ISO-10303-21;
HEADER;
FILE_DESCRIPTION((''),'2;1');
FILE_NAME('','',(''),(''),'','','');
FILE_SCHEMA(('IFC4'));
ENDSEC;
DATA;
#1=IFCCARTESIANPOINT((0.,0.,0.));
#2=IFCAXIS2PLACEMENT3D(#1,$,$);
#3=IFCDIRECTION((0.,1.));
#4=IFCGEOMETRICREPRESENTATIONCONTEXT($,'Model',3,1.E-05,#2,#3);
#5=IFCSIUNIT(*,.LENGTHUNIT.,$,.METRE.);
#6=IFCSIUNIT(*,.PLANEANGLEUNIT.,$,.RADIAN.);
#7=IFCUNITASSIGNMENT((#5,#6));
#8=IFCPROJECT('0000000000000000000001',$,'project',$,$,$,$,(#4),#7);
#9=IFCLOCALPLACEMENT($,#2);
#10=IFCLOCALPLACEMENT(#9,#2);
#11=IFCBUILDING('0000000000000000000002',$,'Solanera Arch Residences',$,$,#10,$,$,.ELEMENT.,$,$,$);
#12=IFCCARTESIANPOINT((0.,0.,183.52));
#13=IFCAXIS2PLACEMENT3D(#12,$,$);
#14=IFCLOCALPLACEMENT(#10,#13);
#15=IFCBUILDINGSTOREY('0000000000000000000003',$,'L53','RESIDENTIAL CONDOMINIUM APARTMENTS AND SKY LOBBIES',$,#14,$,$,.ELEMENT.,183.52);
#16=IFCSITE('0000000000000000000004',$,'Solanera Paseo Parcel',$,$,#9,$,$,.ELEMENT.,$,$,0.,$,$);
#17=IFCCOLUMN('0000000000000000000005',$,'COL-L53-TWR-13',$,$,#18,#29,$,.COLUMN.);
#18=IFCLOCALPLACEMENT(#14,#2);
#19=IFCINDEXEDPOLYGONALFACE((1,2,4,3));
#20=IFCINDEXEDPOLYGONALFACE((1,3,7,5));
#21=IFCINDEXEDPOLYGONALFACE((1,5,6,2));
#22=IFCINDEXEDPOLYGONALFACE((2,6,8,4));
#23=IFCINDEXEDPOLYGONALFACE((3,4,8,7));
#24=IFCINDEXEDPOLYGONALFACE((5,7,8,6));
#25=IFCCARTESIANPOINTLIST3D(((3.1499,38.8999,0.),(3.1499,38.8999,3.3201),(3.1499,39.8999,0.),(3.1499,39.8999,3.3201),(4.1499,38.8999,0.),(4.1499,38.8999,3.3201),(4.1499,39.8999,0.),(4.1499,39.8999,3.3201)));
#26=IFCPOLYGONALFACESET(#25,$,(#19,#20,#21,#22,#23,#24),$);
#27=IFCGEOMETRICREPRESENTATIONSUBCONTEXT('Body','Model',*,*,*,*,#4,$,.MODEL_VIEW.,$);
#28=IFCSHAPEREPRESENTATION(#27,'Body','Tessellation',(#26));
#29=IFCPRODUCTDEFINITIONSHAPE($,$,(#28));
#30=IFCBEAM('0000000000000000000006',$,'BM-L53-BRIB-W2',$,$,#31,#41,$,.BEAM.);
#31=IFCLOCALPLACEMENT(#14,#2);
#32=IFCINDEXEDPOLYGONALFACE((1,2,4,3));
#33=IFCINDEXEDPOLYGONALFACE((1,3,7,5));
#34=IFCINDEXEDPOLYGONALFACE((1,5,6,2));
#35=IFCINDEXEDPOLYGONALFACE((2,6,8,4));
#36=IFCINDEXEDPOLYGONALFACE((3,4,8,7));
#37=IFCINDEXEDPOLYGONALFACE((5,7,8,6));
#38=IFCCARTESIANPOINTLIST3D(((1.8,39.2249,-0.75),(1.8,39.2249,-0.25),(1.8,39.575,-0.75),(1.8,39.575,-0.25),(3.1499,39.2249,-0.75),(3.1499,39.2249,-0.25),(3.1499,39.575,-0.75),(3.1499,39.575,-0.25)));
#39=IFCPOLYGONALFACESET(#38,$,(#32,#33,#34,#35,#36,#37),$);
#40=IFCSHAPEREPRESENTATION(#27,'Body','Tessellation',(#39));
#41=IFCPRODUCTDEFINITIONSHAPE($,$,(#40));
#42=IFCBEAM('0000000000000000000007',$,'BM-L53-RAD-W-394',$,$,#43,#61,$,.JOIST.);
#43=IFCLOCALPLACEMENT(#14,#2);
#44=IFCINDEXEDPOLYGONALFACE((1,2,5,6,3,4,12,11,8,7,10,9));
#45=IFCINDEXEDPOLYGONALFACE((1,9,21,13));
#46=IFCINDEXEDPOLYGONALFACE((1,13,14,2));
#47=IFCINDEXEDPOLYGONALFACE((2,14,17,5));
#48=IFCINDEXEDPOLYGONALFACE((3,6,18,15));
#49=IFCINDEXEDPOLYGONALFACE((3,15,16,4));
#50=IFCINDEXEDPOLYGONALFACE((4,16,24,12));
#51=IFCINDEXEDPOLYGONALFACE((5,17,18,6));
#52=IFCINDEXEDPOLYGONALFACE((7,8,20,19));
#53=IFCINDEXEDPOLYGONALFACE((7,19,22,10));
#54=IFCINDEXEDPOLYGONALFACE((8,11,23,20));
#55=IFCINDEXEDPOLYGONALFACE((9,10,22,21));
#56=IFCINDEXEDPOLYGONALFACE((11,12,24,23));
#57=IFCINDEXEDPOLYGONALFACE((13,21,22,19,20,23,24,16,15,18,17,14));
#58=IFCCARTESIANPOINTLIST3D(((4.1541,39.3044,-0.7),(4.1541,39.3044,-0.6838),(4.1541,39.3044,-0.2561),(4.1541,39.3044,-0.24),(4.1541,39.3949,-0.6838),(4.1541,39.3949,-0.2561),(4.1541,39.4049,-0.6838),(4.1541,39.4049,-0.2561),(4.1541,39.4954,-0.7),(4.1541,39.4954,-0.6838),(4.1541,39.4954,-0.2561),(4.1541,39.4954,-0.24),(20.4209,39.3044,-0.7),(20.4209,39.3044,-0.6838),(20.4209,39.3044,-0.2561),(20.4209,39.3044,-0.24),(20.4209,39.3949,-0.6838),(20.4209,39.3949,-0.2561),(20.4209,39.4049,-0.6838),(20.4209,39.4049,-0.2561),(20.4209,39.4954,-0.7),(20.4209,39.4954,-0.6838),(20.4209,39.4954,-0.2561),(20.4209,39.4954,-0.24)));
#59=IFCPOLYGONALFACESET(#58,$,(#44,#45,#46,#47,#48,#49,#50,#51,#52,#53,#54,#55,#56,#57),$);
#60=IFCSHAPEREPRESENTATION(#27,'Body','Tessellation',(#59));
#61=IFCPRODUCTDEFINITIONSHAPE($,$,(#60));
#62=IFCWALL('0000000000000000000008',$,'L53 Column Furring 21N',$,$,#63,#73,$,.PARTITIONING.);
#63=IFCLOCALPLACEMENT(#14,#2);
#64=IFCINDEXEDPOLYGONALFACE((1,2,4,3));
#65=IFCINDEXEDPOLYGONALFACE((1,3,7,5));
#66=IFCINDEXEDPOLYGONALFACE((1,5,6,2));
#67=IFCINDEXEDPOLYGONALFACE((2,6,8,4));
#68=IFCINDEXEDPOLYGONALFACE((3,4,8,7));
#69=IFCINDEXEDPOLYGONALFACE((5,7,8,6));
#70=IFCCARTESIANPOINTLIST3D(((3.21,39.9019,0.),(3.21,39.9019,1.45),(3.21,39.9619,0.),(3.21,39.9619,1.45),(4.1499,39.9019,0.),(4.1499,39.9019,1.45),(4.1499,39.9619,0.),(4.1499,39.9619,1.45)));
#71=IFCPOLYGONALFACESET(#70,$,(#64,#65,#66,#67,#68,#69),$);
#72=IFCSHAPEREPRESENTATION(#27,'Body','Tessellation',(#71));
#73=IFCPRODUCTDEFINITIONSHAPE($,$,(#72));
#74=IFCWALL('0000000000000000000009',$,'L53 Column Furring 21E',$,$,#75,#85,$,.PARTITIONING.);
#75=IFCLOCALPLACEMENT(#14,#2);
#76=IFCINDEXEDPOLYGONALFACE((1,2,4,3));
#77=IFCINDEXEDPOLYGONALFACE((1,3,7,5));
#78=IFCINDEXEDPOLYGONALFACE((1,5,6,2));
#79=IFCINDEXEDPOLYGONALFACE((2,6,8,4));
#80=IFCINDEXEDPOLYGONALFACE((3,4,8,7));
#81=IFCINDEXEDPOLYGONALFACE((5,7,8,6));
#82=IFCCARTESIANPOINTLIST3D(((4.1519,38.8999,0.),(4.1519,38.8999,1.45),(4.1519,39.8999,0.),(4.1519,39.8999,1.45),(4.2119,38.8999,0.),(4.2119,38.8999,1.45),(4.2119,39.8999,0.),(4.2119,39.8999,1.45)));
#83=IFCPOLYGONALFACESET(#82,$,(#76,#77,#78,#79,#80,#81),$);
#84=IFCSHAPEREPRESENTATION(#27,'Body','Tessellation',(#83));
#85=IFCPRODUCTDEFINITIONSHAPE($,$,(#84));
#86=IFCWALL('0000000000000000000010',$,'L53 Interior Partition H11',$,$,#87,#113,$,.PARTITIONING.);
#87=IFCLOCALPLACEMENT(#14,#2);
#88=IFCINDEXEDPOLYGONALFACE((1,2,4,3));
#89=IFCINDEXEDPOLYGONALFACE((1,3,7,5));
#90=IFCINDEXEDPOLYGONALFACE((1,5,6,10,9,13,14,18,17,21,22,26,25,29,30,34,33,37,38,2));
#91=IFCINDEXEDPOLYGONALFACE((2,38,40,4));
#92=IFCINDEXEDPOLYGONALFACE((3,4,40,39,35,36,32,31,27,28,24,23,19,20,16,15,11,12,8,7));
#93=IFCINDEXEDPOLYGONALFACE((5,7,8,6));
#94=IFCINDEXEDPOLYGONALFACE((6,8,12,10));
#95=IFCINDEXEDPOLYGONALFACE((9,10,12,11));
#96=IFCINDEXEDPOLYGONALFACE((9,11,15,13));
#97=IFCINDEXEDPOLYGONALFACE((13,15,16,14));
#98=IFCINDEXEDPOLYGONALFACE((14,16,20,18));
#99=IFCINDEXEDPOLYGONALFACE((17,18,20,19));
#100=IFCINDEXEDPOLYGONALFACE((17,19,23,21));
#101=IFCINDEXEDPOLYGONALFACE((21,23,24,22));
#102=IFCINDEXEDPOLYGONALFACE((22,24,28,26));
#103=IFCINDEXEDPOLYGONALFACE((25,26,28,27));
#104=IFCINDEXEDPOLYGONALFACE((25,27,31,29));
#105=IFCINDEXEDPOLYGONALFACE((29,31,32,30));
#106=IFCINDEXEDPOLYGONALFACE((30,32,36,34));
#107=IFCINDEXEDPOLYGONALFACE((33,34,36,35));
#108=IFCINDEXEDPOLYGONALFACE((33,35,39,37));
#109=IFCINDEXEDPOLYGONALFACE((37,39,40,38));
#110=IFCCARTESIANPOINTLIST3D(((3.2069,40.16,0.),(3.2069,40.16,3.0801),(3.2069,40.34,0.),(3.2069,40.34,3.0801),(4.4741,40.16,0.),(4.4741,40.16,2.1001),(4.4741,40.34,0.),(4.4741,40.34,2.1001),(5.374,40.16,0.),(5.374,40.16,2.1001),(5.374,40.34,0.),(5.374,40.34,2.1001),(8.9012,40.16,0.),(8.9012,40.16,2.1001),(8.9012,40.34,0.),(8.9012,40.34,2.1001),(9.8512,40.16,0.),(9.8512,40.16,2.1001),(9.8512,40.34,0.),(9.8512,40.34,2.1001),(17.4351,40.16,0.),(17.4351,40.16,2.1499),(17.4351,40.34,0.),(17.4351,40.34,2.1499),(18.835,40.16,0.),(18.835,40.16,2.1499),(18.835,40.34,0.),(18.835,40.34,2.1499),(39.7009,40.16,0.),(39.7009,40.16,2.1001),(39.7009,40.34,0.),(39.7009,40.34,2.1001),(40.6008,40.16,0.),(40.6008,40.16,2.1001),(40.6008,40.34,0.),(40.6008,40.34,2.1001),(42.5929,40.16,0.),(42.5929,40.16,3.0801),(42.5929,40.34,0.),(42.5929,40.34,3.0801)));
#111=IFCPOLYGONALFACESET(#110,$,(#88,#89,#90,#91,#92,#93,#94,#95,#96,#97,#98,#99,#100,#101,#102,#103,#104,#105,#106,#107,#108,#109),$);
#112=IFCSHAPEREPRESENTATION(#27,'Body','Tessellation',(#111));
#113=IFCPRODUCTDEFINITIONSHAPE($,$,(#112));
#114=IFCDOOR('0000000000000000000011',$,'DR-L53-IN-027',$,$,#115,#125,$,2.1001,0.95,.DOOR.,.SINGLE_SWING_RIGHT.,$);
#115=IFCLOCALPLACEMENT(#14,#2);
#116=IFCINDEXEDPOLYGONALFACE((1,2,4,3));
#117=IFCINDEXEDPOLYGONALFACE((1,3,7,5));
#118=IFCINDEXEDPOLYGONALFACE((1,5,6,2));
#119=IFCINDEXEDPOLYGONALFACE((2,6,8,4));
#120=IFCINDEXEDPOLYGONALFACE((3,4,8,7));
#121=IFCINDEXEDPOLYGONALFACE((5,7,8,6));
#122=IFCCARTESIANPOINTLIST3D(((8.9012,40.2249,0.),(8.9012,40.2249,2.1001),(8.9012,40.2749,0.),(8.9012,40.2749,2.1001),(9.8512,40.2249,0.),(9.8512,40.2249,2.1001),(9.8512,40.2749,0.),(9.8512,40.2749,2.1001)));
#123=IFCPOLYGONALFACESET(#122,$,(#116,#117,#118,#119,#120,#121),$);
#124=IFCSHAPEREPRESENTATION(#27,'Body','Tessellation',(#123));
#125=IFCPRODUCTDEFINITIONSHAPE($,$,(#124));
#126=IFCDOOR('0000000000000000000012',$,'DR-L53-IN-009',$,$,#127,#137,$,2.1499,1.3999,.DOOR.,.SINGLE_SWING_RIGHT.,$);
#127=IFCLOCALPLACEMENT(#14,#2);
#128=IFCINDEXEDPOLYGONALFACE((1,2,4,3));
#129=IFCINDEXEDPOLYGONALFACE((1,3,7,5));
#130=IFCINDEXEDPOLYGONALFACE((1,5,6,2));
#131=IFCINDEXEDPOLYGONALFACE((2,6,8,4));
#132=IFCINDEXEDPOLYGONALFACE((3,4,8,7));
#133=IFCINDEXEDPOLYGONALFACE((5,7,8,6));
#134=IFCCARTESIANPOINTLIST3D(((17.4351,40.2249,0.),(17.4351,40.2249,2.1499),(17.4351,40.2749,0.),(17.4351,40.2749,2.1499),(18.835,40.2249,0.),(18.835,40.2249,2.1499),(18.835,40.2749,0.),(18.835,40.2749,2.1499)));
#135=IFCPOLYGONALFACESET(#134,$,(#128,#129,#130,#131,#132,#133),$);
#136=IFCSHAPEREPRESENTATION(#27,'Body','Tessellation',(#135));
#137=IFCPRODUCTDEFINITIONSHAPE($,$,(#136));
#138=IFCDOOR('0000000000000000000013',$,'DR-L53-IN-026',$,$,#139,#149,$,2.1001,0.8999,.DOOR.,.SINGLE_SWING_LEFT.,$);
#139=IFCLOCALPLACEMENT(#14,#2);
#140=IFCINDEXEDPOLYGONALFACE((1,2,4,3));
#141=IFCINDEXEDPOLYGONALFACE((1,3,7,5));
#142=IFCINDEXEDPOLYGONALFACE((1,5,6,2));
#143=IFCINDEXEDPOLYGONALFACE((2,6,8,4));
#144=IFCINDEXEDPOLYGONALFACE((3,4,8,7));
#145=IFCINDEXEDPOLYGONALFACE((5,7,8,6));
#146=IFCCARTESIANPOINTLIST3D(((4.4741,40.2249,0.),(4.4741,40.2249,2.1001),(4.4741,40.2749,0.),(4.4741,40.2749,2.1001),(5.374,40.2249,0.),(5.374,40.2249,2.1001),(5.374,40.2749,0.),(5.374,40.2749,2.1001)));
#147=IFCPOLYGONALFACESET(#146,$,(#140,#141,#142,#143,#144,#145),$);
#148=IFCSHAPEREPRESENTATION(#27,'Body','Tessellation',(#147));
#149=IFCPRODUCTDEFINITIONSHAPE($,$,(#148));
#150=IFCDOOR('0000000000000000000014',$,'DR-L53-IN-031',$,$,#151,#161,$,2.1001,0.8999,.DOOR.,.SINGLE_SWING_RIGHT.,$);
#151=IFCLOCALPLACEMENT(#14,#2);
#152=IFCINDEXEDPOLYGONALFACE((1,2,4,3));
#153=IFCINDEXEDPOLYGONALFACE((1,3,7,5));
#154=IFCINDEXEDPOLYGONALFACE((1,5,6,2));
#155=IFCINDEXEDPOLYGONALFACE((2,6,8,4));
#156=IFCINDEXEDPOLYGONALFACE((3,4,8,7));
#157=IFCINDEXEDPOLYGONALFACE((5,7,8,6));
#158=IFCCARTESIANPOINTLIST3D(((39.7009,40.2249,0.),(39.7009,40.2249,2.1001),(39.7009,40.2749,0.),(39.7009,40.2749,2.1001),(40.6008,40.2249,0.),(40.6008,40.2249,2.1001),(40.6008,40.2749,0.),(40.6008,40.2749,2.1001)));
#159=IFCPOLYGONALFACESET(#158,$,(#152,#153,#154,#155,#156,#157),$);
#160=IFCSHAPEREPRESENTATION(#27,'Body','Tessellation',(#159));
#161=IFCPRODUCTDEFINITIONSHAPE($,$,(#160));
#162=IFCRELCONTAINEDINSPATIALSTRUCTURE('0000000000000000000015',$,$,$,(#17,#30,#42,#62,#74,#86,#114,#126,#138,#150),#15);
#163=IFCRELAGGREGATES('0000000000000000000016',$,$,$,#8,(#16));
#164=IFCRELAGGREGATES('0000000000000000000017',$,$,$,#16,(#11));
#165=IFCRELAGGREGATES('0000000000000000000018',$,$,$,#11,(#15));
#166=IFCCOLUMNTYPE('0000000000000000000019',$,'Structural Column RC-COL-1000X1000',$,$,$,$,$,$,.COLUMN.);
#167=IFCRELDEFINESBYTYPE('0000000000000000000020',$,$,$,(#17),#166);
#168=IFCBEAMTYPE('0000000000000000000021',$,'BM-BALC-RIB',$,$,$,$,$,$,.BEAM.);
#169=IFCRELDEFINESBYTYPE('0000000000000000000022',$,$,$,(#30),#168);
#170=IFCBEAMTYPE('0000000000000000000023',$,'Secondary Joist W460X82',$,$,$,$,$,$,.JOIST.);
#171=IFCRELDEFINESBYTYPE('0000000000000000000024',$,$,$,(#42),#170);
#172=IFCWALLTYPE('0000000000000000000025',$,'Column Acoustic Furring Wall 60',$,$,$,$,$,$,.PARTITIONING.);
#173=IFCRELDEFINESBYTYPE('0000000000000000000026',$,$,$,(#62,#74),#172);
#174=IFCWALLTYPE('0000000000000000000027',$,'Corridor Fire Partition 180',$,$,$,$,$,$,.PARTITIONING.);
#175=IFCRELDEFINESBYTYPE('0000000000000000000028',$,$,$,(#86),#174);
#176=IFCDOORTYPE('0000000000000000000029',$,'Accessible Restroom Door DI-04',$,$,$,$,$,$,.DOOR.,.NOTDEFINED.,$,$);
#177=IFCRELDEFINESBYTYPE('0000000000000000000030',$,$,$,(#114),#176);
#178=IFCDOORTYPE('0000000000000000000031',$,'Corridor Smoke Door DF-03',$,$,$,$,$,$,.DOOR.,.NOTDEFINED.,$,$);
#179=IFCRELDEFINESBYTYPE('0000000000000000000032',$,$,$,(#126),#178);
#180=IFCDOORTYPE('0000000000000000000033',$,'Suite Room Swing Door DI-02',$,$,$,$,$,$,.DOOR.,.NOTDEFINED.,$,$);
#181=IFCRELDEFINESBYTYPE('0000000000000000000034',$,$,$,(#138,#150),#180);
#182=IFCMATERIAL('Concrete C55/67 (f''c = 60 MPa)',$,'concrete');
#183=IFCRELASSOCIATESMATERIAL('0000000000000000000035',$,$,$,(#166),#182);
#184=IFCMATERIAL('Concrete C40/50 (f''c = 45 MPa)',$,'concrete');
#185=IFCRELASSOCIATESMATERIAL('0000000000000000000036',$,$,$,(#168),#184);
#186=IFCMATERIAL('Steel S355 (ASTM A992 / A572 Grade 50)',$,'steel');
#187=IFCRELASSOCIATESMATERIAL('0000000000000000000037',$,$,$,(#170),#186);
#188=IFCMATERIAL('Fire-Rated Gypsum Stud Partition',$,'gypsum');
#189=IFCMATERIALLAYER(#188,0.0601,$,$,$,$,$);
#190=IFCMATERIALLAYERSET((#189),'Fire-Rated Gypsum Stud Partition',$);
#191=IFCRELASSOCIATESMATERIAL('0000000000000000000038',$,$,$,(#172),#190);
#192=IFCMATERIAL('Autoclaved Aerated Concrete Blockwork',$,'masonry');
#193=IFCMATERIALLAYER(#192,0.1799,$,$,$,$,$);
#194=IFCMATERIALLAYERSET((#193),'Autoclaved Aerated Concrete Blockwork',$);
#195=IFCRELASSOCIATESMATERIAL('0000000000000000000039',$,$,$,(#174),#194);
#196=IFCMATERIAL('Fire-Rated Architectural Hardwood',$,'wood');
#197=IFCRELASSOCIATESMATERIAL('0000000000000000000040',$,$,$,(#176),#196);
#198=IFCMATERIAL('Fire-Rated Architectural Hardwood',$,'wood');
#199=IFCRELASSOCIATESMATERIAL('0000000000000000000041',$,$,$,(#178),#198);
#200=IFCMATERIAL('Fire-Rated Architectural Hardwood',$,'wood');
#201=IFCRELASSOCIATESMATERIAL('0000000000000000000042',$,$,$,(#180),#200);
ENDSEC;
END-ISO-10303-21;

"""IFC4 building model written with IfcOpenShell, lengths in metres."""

from ifc_helpers import new_model, si_unit, direction, frame, frame_2d, origin, origin_2d, place, context, subcontext, project, spatial, rectangle, i_section, extrude, material, layer, layer_set, material_profile, profile_set, type_object, element, fill, save


model = new_model("IFC4")

# Units and contexts
model_context = context("Model", 3, precision=1e-05, world=origin(), true_north=direction((0.0, 1.0)))
body_context = subcontext(model_context, "Body", "Model", "MODEL_VIEW")
ifc_project = project(units=[si_unit("LENGTHUNIT", "METRE"), si_unit("PLANEANGLEUNIT", "RADIAN")], contexts=[model_context])

# Site, building, storey
site_placement = place(None, origin())
site = spatial("IfcSite", under=ifc_project, at=site_placement, Name="Solanera Paseo Parcel", CompositionType="ELEMENT", RefElevation=0.0)
building_placement = place(site_placement, origin())
building = spatial("IfcBuilding", under=site, at=building_placement, Name="Solanera Arch Residences", CompositionType="ELEMENT")
storey_placement = place(building_placement, frame((0.0, 0.0, 183.52)))
storey = spatial("IfcBuildingStorey", under=building, at=storey_placement, Name="L53", Description="RESIDENTIAL CONDOMINIUM APARTMENTS AND SKY LOBBIES", CompositionType="ELEMENT", Elevation=183.52)

# Column
ifc_material_1 = material(Name="Concrete C55/67 (f'c = 60 MPa)", Category="concrete")
ifc_material_profile_1 = material_profile(ifc_material_1, rectangle(XDim=1.0, YDim=1.0, at=origin_2d()))
ifc_profile_set_1 = profile_set([ifc_material_profile_1], Name="Concrete C55/67 (f'c = 60 MPa)")
column_type = type_object("IfcColumnType", Name="Structural Column RC-COL-1000X1000", PredefinedType="COLUMN", material=ifc_profile_set_1)
column_placement = place(storey_placement, frame((3.6499, 39.3999, 0.0), z_axis=(0.0, 0.0, 1.0), x_axis=(1.0, 0.0, 0.0)))
element("IfcColumn", 1, at=column_placement, inside=storey, type_object=column_type, Name="COL-L53-TWR-13", PredefinedType="COLUMN", context=body_context, shape_type="SweptSolid", body=[
    extrude(rectangle(XDim=1.0, YDim=1.0, at=origin_2d()), origin(), (0.0, 0.0, 1.0), 3.3201),
])

# Beams
ifc_material_2 = material(Name="Concrete C40/50 (f'c = 45 MPa)", Category="concrete")
ifc_material_profile_2 = material_profile(ifc_material_2, rectangle(XDim=0.3501, YDim=0.5, at=origin_2d()))
ifc_profile_set_2 = profile_set([ifc_material_profile_2], Name="Concrete C40/50 (f'c = 45 MPa)")
beam_type_1 = type_object("IfcBeamType", Name="BM-BALC-RIB", PredefinedType="BEAM", material=ifc_profile_set_2)
beam_1_placement = place(storey_placement, frame((1.8, 39.3999, -0.5), z_axis=(1.0, 0.0, 0.0), x_axis=(0.0, 1.0, 0.0)))
element("IfcBeam", 2, at=beam_1_placement, inside=storey, type_object=beam_type_1, Name="BM-L53-BRIB-W2", PredefinedType="BEAM", context=body_context, shape_type="SweptSolid", body=[
    extrude(rectangle(XDim=0.3501, YDim=0.5, at=origin_2d()), origin(), (0.0, 0.0, 1.0), 1.3499),
])
ifc_material_3 = material(Name="Steel S355 (ASTM A992 / A572 Grade 50)", Category="steel")
ifc_material_profile_3 = material_profile(ifc_material_3, i_section(OverallWidth=0.1909, OverallDepth=0.46, WebThickness=0.01, FlangeThickness=0.0161, at=origin_2d()))
ifc_profile_set_3 = profile_set([ifc_material_profile_3], Name="Steel S355 (ASTM A992 / A572 Grade 50)")
beam_type_2 = type_object("IfcBeamType", Name="Secondary Joist W460X82", PredefinedType="JOIST", material=ifc_profile_set_3)
beam_2_placement = place(storey_placement, frame((4.1541, 39.3999, -0.47), z_axis=(1.0, 0.0, 0.0), x_axis=(0.0, 1.0, 0.0)))
element("IfcBeam", 3, at=beam_2_placement, inside=storey, type_object=beam_type_2, Name="BM-L53-RAD-W-394", PredefinedType="JOIST", context=body_context, shape_type="SweptSolid", body=[
    extrude(i_section(OverallWidth=0.1909, OverallDepth=0.46, WebThickness=0.01, FlangeThickness=0.0161, at=origin_2d()), origin(), (0.0, 0.0, 1.0), 16.2668),
])

# Walls
ifc_material_4 = material(Name="Fire-Rated Gypsum Stud Partition", Category="gypsum")
ifc_layer_1 = layer(ifc_material_4, 0.0601)
ifc_layer_set_1 = layer_set([ifc_layer_1], Name="Fire-Rated Gypsum Stud Partition")
wall_type_1 = type_object("IfcWallType", Name="Column Acoustic Furring Wall 60", PredefinedType="PARTITIONING", material=ifc_layer_set_1)
wall_1_placement = place(storey_placement, frame((3.21, 39.9319, 0.0), z_axis=(0.0, 0.0, 1.0), x_axis=(1.0, 0.0, 0.0)))
element("IfcWall", 4, at=wall_1_placement, inside=storey, type_object=wall_type_1, Name="L53 Column Furring 21N", PredefinedType="PARTITIONING", context=body_context, shape_type="SweptSolid", body=[
    extrude(rectangle(XDim=0.9399, YDim=0.0601, at=frame_2d((0.47, 0.0))), origin(), (0.0, 0.0, 1.0), 1.45),
])
wall_2_placement = place(storey_placement, frame((4.1819, 38.8999, 0.0), z_axis=(0.0, 0.0, 1.0), x_axis=(0.0, 1.0, 0.0)))
element("IfcWall", 5, at=wall_2_placement, inside=storey, type_object=wall_type_1, Name="L53 Column Furring 21E", PredefinedType="PARTITIONING", context=body_context, shape_type="SweptSolid", body=[
    extrude(rectangle(XDim=1.0, YDim=0.0601, at=frame_2d((0.5, 0.0))), origin(), (0.0, 0.0, 1.0), 1.45),
])

# Wall, openings, doors
ifc_material_5 = material(Name="Autoclaved Aerated Concrete Blockwork", Category="masonry")
ifc_layer_2 = layer(ifc_material_5, 0.1799)
ifc_layer_set_2 = layer_set([ifc_layer_2], Name="Autoclaved Aerated Concrete Blockwork")
wall_type_2 = type_object("IfcWallType", Name="Corridor Fire Partition 180", PredefinedType="PARTITIONING", material=ifc_layer_set_2)
wall_3_placement = place(storey_placement, frame((3.207, 40.25, 0.0), z_axis=(0.0, 0.0, 1.0), x_axis=(1.0, 0.0, 0.0)))
wall_3 = element("IfcWall", 6, at=wall_3_placement, inside=storey, type_object=wall_type_2, Name="L53 Interior Partition H11", PredefinedType="PARTITIONING", context=body_context, shape_type="SweptSolid", body=[
    extrude(rectangle(XDim=39.386, YDim=0.1799, at=frame_2d((19.6929, 0.0))), origin(), (0.0, 0.0, 1.0), 3.0801),
])
opening_1_placement = place(wall_3_placement, frame((14.228, 0.0, 0.0)))
opening_1 = element("IfcOpeningElement", 7, at=opening_1_placement, cuts=wall_3, PredefinedType="OPENING", context=body_context, shape_type="SweptSolid", body=[
    extrude(rectangle(XDim=1.3999, YDim=2.1499, at=frame_2d((0.7, 1.075))), frame((0.0, 0.1001, 0.0), z_axis=(0.0, -1.0, 0.0), x_axis=(1.0, 0.0, 0.0)), (0.0, 0.0, 1.0), 0.1999),
])
opening_2_placement = place(wall_3_placement, frame((1.2671, 0.0, 0.0)))
opening_2 = element("IfcOpeningElement", 8, at=opening_2_placement, cuts=wall_3, PredefinedType="OPENING", context=body_context, shape_type="SweptSolid", body=[
    extrude(rectangle(XDim=0.8999, YDim=2.1001, at=frame_2d((0.45, 1.05))), frame((0.0, 0.1001, 0.0), z_axis=(0.0, -1.0, 0.0), x_axis=(1.0, 0.0, 0.0)), (0.0, 0.0, 1.0), 0.1999),
])
opening_3_placement = place(wall_3_placement, frame((5.6941, 0.0, 0.0)))
opening_3 = element("IfcOpeningElement", 9, at=opening_3_placement, cuts=wall_3, PredefinedType="OPENING", context=body_context, shape_type="SweptSolid", body=[
    extrude(rectangle(XDim=0.95, YDim=2.1001, at=frame_2d((0.4751, 1.05))), frame((0.0, 0.1001, 0.0), z_axis=(0.0, -1.0, 0.0), x_axis=(1.0, 0.0, 0.0)), (0.0, 0.0, 1.0), 0.1999),
])
opening_4_placement = place(wall_3_placement, frame((36.4939, 0.0, 0.0)))
opening_4 = element("IfcOpeningElement", 10, at=opening_4_placement, cuts=wall_3, PredefinedType="OPENING", context=body_context, shape_type="SweptSolid", body=[
    extrude(rectangle(XDim=0.8999, YDim=2.1001, at=frame_2d((0.45, 1.05))), frame((0.0, 0.1001, 0.0), z_axis=(0.0, -1.0, 0.0), x_axis=(1.0, 0.0, 0.0)), (0.0, 0.0, 1.0), 0.1999),
])
ifc_material_6 = material(Name="Fire-Rated Architectural Hardwood", Category="wood")
door_type_1 = type_object("IfcDoorType", Name="Accessible Restroom Door DI-04", OperationType="NOTDEFINED", PredefinedType="DOOR", material=ifc_material_6)
door_1_placement = place(opening_3_placement, origin())
door_1 = element("IfcDoor", 11, at=door_1_placement, inside=storey, type_object=door_type_1, Name="DR-L53-IN-027", OperationType="SINGLE_SWING_RIGHT", OverallHeight=2.1001, OverallWidth=0.95, PredefinedType="DOOR", context=body_context, shape_type="SweptSolid", body=[
    extrude(rectangle(XDim=0.95, YDim=2.1001, at=frame_2d((0.4751, 1.05))), frame((0.0, 0.0249, 0.0), z_axis=(0.0, -1.0, 0.0), x_axis=(1.0, 0.0, 0.0)), (0.0, 0.0, 1.0), 0.05),
])
fill(opening_3, door_1)
ifc_material_7 = material(Name="Fire-Rated Architectural Hardwood", Category="wood")
door_type_2 = type_object("IfcDoorType", Name="Corridor Smoke Door DF-03", OperationType="NOTDEFINED", PredefinedType="DOOR", material=ifc_material_7)
door_2_placement = place(opening_1_placement, origin())
door_2 = element("IfcDoor", 12, at=door_2_placement, inside=storey, type_object=door_type_2, Name="DR-L53-IN-009", OperationType="SINGLE_SWING_RIGHT", OverallHeight=2.1499, OverallWidth=1.3999, PredefinedType="DOOR", context=body_context, shape_type="SweptSolid", body=[
    extrude(rectangle(XDim=1.3999, YDim=2.1499, at=frame_2d((0.7, 1.075))), frame((0.0, 0.0249, 0.0), z_axis=(0.0, -1.0, 0.0), x_axis=(1.0, 0.0, 0.0)), (0.0, 0.0, 1.0), 0.05),
])
fill(opening_1, door_2)
ifc_material_8 = material(Name="Fire-Rated Architectural Hardwood", Category="wood")
door_type_3 = type_object("IfcDoorType", Name="Suite Room Swing Door DI-02", OperationType="NOTDEFINED", PredefinedType="DOOR", material=ifc_material_8)
door_3_placement = place(opening_2_placement, origin())
door_3 = element("IfcDoor", 13, at=door_3_placement, inside=storey, type_object=door_type_3, Name="DR-L53-IN-026", OperationType="SINGLE_SWING_LEFT", OverallHeight=2.1001, OverallWidth=0.8999, PredefinedType="DOOR", context=body_context, shape_type="SweptSolid", body=[
    extrude(rectangle(XDim=0.8999, YDim=2.1001, at=frame_2d((0.45, 1.05))), frame((0.0, 0.0249, 0.0), z_axis=(0.0, -1.0, 0.0), x_axis=(1.0, 0.0, 0.0)), (0.0, 0.0, 1.0), 0.05),
])
fill(opening_2, door_3)
door_4_placement = place(opening_4_placement, origin())
door_4 = element("IfcDoor", 14, at=door_4_placement, inside=storey, type_object=door_type_3, Name="DR-L53-IN-031", OperationType="SINGLE_SWING_RIGHT", OverallHeight=2.1001, OverallWidth=0.8999, PredefinedType="DOOR", context=body_context, shape_type="SweptSolid", body=[
    extrude(rectangle(XDim=0.8999, YDim=2.1001, at=frame_2d((0.45, 1.05))), frame((0.0, 0.0249, 0.0), z_axis=(0.0, -1.0, 0.0), x_axis=(1.0, 0.0, 0.0)), (0.0, 0.0, 1.0), 0.05),
])
fill(opening_4, door_4)

save(model, "model.ifc")
